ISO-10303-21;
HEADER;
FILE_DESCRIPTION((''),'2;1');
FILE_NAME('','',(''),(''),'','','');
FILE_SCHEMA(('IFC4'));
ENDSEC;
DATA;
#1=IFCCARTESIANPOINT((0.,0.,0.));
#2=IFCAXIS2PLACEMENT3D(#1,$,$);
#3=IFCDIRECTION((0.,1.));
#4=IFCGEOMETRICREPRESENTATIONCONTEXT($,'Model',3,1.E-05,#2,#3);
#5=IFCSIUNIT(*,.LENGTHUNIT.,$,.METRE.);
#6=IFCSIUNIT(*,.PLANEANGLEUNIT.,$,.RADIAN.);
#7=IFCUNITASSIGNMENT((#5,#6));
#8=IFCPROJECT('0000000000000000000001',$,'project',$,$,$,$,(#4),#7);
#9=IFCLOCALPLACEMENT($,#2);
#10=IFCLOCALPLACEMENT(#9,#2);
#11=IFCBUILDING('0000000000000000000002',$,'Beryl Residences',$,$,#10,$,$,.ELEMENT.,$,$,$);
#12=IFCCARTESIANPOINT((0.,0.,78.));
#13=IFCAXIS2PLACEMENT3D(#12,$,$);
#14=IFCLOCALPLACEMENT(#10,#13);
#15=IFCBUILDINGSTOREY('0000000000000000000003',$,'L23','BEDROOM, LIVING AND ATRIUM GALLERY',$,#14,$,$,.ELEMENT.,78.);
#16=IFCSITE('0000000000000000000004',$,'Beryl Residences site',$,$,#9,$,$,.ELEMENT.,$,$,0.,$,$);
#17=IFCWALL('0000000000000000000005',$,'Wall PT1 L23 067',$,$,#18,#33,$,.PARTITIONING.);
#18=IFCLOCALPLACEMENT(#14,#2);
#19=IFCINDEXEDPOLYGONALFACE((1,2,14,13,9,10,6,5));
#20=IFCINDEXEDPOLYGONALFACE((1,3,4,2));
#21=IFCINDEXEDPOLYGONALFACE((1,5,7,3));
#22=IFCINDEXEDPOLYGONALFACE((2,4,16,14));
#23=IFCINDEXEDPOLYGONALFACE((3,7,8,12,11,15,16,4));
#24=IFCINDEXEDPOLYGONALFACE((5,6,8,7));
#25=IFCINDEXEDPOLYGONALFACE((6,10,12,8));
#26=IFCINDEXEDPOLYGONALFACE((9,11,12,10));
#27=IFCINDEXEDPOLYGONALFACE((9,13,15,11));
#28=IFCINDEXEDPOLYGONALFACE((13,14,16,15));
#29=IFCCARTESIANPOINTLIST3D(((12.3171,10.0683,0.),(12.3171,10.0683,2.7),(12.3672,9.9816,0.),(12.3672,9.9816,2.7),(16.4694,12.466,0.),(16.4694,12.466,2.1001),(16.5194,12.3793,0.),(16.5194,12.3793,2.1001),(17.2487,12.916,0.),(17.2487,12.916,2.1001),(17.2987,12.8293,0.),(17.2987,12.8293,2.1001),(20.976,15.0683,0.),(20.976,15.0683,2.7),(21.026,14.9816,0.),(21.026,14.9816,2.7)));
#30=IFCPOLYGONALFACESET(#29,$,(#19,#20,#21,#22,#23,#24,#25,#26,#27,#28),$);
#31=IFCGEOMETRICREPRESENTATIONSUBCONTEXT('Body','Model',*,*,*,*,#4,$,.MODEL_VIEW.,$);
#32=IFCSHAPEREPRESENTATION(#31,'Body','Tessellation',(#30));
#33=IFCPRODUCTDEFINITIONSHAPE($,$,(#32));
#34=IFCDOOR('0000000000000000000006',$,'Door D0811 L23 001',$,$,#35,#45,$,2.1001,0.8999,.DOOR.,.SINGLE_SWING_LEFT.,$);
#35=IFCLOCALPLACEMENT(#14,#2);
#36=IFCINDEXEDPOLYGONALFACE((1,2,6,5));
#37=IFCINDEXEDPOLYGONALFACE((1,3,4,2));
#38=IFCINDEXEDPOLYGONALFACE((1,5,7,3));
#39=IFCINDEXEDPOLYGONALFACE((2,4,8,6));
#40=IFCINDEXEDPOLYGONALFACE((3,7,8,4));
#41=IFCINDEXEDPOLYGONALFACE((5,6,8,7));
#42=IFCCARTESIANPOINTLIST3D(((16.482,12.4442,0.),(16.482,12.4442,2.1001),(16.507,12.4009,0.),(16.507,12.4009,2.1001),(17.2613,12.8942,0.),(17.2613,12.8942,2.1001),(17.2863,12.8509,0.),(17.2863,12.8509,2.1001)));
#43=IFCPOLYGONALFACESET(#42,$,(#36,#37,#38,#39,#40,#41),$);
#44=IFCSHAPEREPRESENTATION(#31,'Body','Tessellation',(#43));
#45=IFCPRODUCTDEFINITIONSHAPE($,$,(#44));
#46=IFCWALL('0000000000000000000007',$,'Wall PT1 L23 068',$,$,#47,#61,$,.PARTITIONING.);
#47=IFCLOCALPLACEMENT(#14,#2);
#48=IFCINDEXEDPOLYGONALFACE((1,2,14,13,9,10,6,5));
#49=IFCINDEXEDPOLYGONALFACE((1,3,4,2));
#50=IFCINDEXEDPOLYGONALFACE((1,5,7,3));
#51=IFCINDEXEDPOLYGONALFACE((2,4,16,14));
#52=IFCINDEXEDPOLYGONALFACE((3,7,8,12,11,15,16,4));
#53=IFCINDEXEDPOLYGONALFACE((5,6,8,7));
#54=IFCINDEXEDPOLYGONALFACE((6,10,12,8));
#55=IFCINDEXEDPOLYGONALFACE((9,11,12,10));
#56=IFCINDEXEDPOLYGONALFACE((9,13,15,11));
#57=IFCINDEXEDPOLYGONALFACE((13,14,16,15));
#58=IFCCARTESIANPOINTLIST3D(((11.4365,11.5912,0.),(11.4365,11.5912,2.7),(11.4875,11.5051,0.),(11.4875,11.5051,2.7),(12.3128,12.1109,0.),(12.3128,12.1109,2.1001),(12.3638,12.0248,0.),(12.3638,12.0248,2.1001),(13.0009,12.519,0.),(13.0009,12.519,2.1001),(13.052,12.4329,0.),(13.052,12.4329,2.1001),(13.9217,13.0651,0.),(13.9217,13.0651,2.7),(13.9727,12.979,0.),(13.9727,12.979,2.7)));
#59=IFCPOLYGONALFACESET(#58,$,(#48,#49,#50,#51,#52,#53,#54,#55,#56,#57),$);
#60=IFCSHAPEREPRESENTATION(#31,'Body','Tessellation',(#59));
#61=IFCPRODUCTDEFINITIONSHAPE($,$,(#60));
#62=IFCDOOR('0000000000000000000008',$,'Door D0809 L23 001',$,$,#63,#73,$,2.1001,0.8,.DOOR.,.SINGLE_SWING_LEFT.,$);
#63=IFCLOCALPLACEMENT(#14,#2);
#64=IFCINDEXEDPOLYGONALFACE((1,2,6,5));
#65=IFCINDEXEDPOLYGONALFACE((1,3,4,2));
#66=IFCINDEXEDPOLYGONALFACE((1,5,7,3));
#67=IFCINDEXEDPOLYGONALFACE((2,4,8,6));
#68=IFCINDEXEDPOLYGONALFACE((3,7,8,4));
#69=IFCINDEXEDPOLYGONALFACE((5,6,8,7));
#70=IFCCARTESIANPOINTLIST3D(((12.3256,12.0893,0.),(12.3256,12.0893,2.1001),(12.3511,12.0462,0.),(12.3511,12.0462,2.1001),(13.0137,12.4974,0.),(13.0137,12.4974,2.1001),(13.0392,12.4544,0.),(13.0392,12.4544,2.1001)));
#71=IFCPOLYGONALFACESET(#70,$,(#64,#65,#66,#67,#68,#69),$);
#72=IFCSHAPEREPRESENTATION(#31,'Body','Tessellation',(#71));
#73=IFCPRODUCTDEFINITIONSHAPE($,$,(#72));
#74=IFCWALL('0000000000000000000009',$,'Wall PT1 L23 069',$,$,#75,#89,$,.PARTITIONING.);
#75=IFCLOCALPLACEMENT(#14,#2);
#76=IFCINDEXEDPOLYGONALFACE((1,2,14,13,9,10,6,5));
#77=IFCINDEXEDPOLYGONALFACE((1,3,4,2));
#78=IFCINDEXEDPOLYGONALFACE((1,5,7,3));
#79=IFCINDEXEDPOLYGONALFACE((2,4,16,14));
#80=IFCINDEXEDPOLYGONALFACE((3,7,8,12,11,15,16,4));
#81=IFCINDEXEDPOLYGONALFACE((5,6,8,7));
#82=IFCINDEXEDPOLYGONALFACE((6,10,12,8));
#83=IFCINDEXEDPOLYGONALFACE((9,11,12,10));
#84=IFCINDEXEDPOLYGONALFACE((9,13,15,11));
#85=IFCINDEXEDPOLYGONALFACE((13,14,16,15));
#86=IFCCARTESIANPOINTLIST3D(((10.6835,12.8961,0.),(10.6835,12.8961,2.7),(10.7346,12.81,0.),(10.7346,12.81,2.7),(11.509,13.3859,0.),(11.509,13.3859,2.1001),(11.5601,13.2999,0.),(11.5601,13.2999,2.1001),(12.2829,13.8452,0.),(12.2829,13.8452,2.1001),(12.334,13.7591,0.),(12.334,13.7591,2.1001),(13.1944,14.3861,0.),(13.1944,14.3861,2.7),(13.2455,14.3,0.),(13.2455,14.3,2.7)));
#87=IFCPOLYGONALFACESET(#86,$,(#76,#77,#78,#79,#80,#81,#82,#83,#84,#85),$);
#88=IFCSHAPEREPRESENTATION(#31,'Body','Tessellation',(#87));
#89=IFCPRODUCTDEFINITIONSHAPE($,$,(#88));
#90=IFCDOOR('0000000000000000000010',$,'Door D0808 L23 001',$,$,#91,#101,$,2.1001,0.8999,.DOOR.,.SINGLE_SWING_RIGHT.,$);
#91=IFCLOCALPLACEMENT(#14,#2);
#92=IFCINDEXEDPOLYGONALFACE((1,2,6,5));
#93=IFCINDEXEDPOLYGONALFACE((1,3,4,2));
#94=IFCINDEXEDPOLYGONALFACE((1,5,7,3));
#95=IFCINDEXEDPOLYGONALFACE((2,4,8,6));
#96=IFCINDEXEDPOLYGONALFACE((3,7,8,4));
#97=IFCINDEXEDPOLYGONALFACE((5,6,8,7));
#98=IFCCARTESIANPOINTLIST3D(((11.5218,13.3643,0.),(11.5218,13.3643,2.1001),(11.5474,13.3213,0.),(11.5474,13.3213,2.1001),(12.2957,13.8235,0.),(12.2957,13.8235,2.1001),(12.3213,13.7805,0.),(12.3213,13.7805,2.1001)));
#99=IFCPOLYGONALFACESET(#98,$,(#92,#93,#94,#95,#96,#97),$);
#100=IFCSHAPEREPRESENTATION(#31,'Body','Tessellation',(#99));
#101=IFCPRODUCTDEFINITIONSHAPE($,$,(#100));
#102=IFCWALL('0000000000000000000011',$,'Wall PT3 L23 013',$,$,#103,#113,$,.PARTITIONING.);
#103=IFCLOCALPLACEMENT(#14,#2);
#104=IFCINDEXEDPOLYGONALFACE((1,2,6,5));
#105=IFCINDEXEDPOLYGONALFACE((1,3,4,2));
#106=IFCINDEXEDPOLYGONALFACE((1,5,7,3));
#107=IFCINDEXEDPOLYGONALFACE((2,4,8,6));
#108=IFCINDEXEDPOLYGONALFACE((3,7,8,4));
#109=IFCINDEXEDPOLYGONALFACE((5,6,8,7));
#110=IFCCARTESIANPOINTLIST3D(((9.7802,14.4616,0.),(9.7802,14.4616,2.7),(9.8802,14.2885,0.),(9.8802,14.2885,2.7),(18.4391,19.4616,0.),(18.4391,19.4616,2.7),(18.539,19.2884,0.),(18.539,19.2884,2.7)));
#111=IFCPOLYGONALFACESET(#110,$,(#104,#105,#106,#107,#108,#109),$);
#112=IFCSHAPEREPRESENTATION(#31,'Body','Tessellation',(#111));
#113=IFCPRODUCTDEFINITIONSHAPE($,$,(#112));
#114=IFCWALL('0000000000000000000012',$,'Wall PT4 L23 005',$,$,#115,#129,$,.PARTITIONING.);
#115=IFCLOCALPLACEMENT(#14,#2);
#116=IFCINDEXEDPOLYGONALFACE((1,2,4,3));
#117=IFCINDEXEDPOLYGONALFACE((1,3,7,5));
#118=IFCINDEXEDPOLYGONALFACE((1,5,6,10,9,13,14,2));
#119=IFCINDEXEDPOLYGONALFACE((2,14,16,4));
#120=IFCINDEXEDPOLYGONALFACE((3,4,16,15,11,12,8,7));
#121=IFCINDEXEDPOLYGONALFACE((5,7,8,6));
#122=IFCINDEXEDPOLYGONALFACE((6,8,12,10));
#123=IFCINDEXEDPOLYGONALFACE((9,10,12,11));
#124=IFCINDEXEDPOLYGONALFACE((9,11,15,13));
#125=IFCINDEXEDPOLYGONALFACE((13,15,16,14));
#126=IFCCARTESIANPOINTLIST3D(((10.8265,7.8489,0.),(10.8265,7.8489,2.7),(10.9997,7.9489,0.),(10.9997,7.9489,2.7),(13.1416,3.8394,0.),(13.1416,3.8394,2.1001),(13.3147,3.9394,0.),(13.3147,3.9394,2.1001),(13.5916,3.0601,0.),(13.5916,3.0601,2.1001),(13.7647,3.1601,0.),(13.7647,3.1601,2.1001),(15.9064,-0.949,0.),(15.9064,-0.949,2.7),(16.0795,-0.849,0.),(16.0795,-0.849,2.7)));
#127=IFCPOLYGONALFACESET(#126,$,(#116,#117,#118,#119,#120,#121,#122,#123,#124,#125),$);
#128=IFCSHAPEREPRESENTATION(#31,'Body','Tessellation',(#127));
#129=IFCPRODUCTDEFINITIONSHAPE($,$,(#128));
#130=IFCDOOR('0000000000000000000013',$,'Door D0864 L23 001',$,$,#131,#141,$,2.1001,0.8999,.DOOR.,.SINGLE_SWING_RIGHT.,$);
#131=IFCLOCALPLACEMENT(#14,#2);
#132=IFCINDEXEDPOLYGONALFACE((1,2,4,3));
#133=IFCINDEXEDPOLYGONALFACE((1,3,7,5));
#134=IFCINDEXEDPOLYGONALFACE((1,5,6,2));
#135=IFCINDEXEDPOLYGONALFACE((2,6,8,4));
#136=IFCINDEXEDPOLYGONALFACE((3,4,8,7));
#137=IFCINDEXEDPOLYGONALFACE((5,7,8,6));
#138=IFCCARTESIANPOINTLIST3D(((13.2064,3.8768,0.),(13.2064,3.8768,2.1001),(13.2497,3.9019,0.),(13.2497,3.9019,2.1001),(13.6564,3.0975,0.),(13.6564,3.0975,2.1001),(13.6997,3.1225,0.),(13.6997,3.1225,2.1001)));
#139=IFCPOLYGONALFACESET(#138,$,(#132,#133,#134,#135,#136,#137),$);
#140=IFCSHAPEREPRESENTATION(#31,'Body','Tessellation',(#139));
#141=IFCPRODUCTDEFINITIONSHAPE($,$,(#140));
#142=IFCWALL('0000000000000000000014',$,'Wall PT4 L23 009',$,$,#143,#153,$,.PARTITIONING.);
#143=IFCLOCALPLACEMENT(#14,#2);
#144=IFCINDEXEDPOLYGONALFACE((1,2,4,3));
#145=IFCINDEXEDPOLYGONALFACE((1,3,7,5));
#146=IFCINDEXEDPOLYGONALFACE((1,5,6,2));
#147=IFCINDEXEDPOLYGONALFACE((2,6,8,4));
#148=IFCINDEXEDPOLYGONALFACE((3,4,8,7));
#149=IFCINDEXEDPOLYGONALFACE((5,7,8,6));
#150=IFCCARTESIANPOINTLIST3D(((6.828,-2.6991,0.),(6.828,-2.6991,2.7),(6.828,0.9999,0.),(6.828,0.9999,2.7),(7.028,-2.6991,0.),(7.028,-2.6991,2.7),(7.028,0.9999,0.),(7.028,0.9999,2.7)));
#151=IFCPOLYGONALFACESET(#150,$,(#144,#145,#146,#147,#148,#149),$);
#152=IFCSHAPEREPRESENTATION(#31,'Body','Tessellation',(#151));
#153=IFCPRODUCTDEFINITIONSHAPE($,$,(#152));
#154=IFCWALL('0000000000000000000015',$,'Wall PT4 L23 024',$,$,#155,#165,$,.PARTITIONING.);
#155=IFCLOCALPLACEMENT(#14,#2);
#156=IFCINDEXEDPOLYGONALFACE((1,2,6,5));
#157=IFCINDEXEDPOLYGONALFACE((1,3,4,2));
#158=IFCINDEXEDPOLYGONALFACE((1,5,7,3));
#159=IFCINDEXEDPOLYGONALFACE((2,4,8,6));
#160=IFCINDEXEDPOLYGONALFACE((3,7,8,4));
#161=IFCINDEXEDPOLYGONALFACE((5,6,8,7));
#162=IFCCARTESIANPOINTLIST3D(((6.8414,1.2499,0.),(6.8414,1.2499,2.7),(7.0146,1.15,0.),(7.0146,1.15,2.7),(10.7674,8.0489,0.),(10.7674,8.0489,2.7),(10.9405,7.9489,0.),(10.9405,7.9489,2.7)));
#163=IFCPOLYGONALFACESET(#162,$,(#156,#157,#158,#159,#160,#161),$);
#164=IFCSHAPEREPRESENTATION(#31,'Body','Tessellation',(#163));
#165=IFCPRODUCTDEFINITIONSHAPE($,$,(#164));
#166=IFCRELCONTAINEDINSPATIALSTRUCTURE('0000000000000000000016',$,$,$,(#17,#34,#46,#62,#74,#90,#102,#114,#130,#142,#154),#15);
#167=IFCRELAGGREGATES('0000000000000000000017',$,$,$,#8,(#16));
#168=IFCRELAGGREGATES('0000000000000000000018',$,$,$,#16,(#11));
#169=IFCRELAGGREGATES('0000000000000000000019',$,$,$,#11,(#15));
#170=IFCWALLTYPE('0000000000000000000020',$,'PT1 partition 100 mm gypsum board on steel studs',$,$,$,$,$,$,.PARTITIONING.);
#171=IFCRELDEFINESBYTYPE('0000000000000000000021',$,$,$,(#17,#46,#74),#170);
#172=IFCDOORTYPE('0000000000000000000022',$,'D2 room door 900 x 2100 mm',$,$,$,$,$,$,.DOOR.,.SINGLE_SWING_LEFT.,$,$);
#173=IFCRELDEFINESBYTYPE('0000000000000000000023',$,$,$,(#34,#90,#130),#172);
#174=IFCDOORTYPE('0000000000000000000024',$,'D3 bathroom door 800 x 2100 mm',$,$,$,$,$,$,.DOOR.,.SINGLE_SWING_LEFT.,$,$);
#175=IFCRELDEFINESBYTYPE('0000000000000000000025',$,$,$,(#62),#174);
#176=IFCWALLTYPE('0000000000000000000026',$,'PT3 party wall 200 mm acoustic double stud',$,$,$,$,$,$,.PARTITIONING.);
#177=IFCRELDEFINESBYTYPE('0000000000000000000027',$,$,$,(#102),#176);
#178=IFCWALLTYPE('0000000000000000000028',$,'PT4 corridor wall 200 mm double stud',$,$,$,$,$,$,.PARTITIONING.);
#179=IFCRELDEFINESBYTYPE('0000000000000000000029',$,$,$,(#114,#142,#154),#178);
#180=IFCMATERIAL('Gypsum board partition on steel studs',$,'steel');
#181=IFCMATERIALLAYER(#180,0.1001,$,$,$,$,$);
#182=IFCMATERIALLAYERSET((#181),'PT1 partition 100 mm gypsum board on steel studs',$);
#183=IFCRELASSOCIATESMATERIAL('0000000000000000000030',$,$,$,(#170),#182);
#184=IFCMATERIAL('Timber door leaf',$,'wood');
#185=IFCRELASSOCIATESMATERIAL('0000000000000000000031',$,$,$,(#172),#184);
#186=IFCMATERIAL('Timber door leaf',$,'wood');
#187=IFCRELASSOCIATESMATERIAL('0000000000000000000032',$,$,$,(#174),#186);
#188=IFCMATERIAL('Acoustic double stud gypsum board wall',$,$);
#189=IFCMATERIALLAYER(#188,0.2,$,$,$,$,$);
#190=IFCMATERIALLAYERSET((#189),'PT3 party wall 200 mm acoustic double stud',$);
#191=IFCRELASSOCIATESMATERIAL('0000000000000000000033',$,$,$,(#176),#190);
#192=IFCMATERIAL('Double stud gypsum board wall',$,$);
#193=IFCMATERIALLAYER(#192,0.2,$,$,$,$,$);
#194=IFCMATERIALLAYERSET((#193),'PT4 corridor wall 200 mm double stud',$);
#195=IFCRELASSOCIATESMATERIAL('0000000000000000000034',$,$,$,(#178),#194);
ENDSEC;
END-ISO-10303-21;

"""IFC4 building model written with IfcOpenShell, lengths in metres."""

from ifc_helpers import new_model, si_unit, direction, frame, frame_2d, origin, place, context, subcontext, project, spatial, rectangle, extrude, material, layer, layer_set, type_object, element, fill, save


model = new_model("IFC4")

# Units and contexts
model_context = context("Model", 3, precision=1e-05, world=origin(), true_north=direction((0.0, 1.0)))
body_context = subcontext(model_context, "Body", "Model", "MODEL_VIEW")
ifc_project = project(units=[si_unit("LENGTHUNIT", "METRE"), si_unit("PLANEANGLEUNIT", "RADIAN")], contexts=[model_context])

# Site, building, storey
site_placement = place(None, origin())
site = spatial("IfcSite", under=ifc_project, at=site_placement, Name="Beryl Residences site", CompositionType="ELEMENT", RefElevation=0.0)
building_placement = place(site_placement, origin())
building = spatial("IfcBuilding", under=site, at=building_placement, Name="Beryl Residences", CompositionType="ELEMENT")
storey_placement = place(building_placement, frame((0.0, 0.0, 78.0)))
storey = spatial("IfcBuildingStorey", under=building, at=storey_placement, Name="L23", Description="BEDROOM, LIVING AND ATRIUM GALLERY", CompositionType="ELEMENT", Elevation=78.0)

# Shared definitions
ifc_material_1 = material(Name="Gypsum board partition on steel studs", Category="steel")
ifc_layer_1 = layer(ifc_material_1, 0.1001)
ifc_layer_set_1 = layer_set([ifc_layer_1], Name="PT1 partition 100 mm gypsum board on steel studs")
wall_type_1 = type_object("IfcWallType", Name="PT1 partition 100 mm gypsum board on steel studs", PredefinedType="PARTITIONING", material=ifc_layer_set_1)

# Walls, openings, doors
ifc_material_2 = material(Name="Timber door leaf", Category="wood")
door_type_1 = type_object("IfcDoorType", Name="D2 room door 900 x 2100 mm", OperationType="SINGLE_SWING_LEFT", PredefinedType="DOOR", material=ifc_material_2)
wall_1_placement = place(storey_placement, frame((12.342, 10.0249, 0.0), z_axis=(0.0, 0.0, 1.0), x_axis=(0.865992, 0.500057, 0.0)))
wall_1 = element("IfcWall", 1, at=wall_1_placement, inside=storey, type_object=wall_type_1, Name="Wall PT1 L23 067", PredefinedType="PARTITIONING", context=body_context, shape_type="SweptSolid", body=[
    extrude(rectangle(XDim=9.9988, YDim=0.1001, at=frame_2d((4.9995, 0.0))), origin(), (0.0, 0.0, 1.0), 2.7),
])
opening_1_placement = place(wall_1_placement, frame((4.7949, 0.0, 0.0)))
opening_1 = element("IfcOpeningElement", 2, at=opening_1_placement, cuts=wall_1, PredefinedType="OPENING", context=body_context, shape_type="SweptSolid", body=[
    extrude(rectangle(XDim=0.8999, YDim=2.1001, at=frame_2d((0.45, 1.05))), frame((0.0, 0.0601, 0.0), z_axis=(0.0, -1.0, 0.0), x_axis=(1.0, 0.0, 0.0)), (0.0, 0.0, 1.0), 0.1201),
])
door_1_placement = place(opening_1_placement, origin())
door_1 = element("IfcDoor", 3, at=door_1_placement, inside=storey, type_object=door_type_1, Name="Door D0811 L23 001", OperationType="SINGLE_SWING_LEFT", OverallHeight=2.1001, OverallWidth=0.8999, PredefinedType="DOOR", context=body_context, shape_type="SweptSolid", body=[
    extrude(rectangle(XDim=0.8999, YDim=2.1001, at=frame_2d((0.45, 1.05))), frame((0.0, 0.0249, 0.0), z_axis=(0.0, -1.0, 0.0), x_axis=(1.0, 0.0, 0.0)), (0.0, 0.0, 1.0), 0.05),
])
fill(opening_1, door_1)
wall_2_placement = place(storey_placement, frame((11.4619, 11.5481, 0.0), z_axis=(0.0, 0.0, 1.0), x_axis=(0.860106, 0.510115, 0.0)))
wall_2 = element("IfcWall", 4, at=wall_2_placement, inside=storey, type_object=wall_type_1, Name="Wall PT1 L23 068", PredefinedType="PARTITIONING", context=body_context, shape_type="SweptSolid", body=[
    extrude(rectangle(XDim=2.8894, YDim=0.1001, at=frame_2d((1.4448, 0.0))), origin(), (0.0, 0.0, 1.0), 2.7),
])
opening_2_placement = place(wall_2_placement, frame((1.019, 0.0, 0.0)))
opening_2 = element("IfcOpeningElement", 5, at=opening_2_placement, cuts=wall_2, PredefinedType="OPENING", context=body_context, shape_type="SweptSolid", body=[
    extrude(rectangle(XDim=0.8, YDim=2.1001, at=frame_2d((0.3999, 1.05))), frame((0.0, 0.0601, 0.0), z_axis=(0.0, -1.0, 0.0), x_axis=(1.0, 0.0, 0.0)), (0.0, 0.0, 1.0), 0.1201),
])
ifc_material_3 = material(Name="Timber door leaf", Category="wood")
door_type_2 = type_object("IfcDoorType", Name="D3 bathroom door 800 x 2100 mm", OperationType="SINGLE_SWING_LEFT", PredefinedType="DOOR", material=ifc_material_3)
door_2_placement = place(opening_2_placement, origin())
door_2 = element("IfcDoor", 6, at=door_2_placement, inside=storey, type_object=door_type_2, Name="Door D0809 L23 001", OperationType="SINGLE_SWING_LEFT", OverallHeight=2.1001, OverallWidth=0.8, PredefinedType="DOOR", context=body_context, shape_type="SweptSolid", body=[
    extrude(rectangle(XDim=0.8, YDim=2.1001, at=frame_2d((0.3999, 1.05))), frame((0.0, 0.0249, 0.0), z_axis=(0.0, -1.0, 0.0), x_axis=(1.0, 0.0, 0.0)), (0.0, 0.0, 1.0), 0.05),
])
fill(opening_2, door_2)
wall_3_placement = place(storey_placement, frame((10.709, 12.853, 0.0), z_axis=(0.0, 0.0, 1.0), x_axis=(0.859991, 0.510309, 0.0)))
wall_3 = element("IfcWall", 7, at=wall_3_placement, inside=storey, type_object=wall_type_1, Name="Wall PT1 L23 069", PredefinedType="PARTITIONING", context=body_context, shape_type="SweptSolid", body=[
    extrude(rectangle(XDim=2.9197, YDim=0.1001, at=frame_2d((1.46, 0.0))), origin(), (0.0, 0.0, 1.0), 2.7),
])
opening_3_placement = place(wall_3_placement, frame((0.96, 0.0, 0.0)))
opening_3 = element("IfcOpeningElement", 8, at=opening_3_placement, cuts=wall_3, PredefinedType="OPENING", context=body_context, shape_type="SweptSolid", body=[
    extrude(rectangle(XDim=0.8999, YDim=2.1001, at=frame_2d((0.45, 1.05))), frame((0.0, 0.0601, 0.0), z_axis=(0.0, -1.0, 0.0), x_axis=(1.0, 0.0, 0.0)), (0.0, 0.0, 1.0), 0.1201),
])
door_3_placement = place(opening_3_placement, origin())
door_3 = element("IfcDoor", 9, at=door_3_placement, inside=storey, type_object=door_type_1, Name="Door D0808 L23 001", OperationType="SINGLE_SWING_RIGHT", OverallHeight=2.1001, OverallWidth=0.8999, PredefinedType="DOOR", context=body_context, shape_type="SweptSolid", body=[
    extrude(rectangle(XDim=0.8999, YDim=2.1001, at=frame_2d((0.45, 1.05))), frame((0.0, 0.0249, 0.0), z_axis=(0.0, -1.0, 0.0), x_axis=(1.0, 0.0, 0.0)), (0.0, 0.0, 1.0), 0.05),
])
fill(opening_3, door_3)

# Wall
ifc_material_4 = material(Name="Acoustic double stud gypsum board wall")
ifc_layer_2 = layer(ifc_material_4, 0.2)
ifc_layer_set_2 = layer_set([ifc_layer_2], Name="PT3 party wall 200 mm acoustic double stud")
wall_type_2 = type_object("IfcWallType", Name="PT3 party wall 200 mm acoustic double stud", PredefinedType="PARTITIONING", material=ifc_layer_set_2)
wall_4_placement = place(storey_placement, frame((9.8301, 14.375, 0.0), z_axis=(0.0, 0.0, 1.0), x_axis=(0.865992, 0.500057, 0.0)))
element("IfcWall", 10, at=wall_4_placement, inside=storey, type_object=wall_type_2, Name="Wall PT3 L23 013", PredefinedType="PARTITIONING", context=body_context, shape_type="SweptSolid", body=[
    extrude(rectangle(XDim=9.9988, YDim=0.2, at=frame_2d((4.9995, 0.0))), origin(), (0.0, 0.0, 1.0), 2.7),
])

# Wall, opening, door
ifc_material_5 = material(Name="Double stud gypsum board wall")
ifc_layer_3 = layer(ifc_material_5, 0.2)
ifc_layer_set_3 = layer_set([ifc_layer_3], Name="PT4 corridor wall 200 mm double stud")
wall_type_3 = type_object("IfcWallType", Name="PT4 corridor wall 200 mm double stud", PredefinedType="PARTITIONING", material=ifc_layer_set_3)
wall_5_placement = place(storey_placement, frame((10.9131, 7.8989, 0.0), z_axis=(0.0, 0.0, 1.0), x_axis=(0.500029, -0.866009, 0.0)))
wall_5 = element("IfcWall", 11, at=wall_5_placement, inside=storey, type_object=wall_type_3, Name="Wall PT4 L23 005", PredefinedType="PARTITIONING", context=body_context, shape_type="SweptSolid", body=[
    extrude(rectangle(XDim=10.1592, YDim=0.2, at=frame_2d((5.0796, 0.0))), origin(), (0.0, 0.0, 1.0), 2.7),
])
opening_4_placement = place(wall_5_placement, frame((4.6299, 0.0, 0.0)))
opening_4 = element("IfcOpeningElement", 12, at=opening_4_placement, cuts=wall_5, PredefinedType="OPENING", context=body_context, shape_type="SweptSolid", body=[
    extrude(rectangle(XDim=0.8999, YDim=2.1001, at=frame_2d((0.45, 1.05))), frame((0.0, 0.1099, 0.0), z_axis=(0.0, -1.0, 0.0), x_axis=(1.0, 0.0, 0.0)), (0.0, 0.0, 1.0), 0.22),
])
door_4_placement = place(opening_4_placement, origin())
door_4 = element("IfcDoor", 13, at=door_4_placement, inside=storey, type_object=door_type_1, Name="Door D0864 L23 001", OperationType="SINGLE_SWING_RIGHT", OverallHeight=2.1001, OverallWidth=0.8999, PredefinedType="DOOR", context=body_context, shape_type="SweptSolid", body=[
    extrude(rectangle(XDim=0.8999, YDim=2.1001, at=frame_2d((0.45, 1.05))), frame((0.0, 0.0249, 0.0), z_axis=(0.0, -1.0, 0.0), x_axis=(1.0, 0.0, 0.0)), (0.0, 0.0, 1.0), 0.05),
])
fill(opening_4, door_4)

# Walls
wall_6_placement = place(storey_placement, frame((6.928, 1.0, 0.0), z_axis=(0.0, 0.0, 1.0), x_axis=(0.0, -1.0, 0.0)))
element("IfcWall", 14, at=wall_6_placement, inside=storey, type_object=wall_type_3, Name="Wall PT4 L23 009", PredefinedType="PARTITIONING", context=body_context, shape_type="SweptSolid", body=[
    extrude(rectangle(XDim=3.699, YDim=0.2, at=frame_2d((1.8496, 0.0))), origin(), (0.0, 0.0, 1.0), 2.7),
])
wall_7_placement = place(storey_placement, frame((6.928, 1.2, 0.0), z_axis=(0.0, 0.0, 1.0), x_axis=(0.500055, 0.865993, 0.0)))
element("IfcWall", 15, at=wall_7_placement, inside=storey, type_object=wall_type_3, Name="Wall PT4 L23 024", PredefinedType="PARTITIONING", context=body_context, shape_type="SweptSolid", body=[
    extrude(rectangle(XDim=7.8511, YDim=0.2, at=frame_2d((3.9255, 0.0))), origin(), (0.0, 0.0, 1.0), 2.7),
])

save(model, "model.ifc")
